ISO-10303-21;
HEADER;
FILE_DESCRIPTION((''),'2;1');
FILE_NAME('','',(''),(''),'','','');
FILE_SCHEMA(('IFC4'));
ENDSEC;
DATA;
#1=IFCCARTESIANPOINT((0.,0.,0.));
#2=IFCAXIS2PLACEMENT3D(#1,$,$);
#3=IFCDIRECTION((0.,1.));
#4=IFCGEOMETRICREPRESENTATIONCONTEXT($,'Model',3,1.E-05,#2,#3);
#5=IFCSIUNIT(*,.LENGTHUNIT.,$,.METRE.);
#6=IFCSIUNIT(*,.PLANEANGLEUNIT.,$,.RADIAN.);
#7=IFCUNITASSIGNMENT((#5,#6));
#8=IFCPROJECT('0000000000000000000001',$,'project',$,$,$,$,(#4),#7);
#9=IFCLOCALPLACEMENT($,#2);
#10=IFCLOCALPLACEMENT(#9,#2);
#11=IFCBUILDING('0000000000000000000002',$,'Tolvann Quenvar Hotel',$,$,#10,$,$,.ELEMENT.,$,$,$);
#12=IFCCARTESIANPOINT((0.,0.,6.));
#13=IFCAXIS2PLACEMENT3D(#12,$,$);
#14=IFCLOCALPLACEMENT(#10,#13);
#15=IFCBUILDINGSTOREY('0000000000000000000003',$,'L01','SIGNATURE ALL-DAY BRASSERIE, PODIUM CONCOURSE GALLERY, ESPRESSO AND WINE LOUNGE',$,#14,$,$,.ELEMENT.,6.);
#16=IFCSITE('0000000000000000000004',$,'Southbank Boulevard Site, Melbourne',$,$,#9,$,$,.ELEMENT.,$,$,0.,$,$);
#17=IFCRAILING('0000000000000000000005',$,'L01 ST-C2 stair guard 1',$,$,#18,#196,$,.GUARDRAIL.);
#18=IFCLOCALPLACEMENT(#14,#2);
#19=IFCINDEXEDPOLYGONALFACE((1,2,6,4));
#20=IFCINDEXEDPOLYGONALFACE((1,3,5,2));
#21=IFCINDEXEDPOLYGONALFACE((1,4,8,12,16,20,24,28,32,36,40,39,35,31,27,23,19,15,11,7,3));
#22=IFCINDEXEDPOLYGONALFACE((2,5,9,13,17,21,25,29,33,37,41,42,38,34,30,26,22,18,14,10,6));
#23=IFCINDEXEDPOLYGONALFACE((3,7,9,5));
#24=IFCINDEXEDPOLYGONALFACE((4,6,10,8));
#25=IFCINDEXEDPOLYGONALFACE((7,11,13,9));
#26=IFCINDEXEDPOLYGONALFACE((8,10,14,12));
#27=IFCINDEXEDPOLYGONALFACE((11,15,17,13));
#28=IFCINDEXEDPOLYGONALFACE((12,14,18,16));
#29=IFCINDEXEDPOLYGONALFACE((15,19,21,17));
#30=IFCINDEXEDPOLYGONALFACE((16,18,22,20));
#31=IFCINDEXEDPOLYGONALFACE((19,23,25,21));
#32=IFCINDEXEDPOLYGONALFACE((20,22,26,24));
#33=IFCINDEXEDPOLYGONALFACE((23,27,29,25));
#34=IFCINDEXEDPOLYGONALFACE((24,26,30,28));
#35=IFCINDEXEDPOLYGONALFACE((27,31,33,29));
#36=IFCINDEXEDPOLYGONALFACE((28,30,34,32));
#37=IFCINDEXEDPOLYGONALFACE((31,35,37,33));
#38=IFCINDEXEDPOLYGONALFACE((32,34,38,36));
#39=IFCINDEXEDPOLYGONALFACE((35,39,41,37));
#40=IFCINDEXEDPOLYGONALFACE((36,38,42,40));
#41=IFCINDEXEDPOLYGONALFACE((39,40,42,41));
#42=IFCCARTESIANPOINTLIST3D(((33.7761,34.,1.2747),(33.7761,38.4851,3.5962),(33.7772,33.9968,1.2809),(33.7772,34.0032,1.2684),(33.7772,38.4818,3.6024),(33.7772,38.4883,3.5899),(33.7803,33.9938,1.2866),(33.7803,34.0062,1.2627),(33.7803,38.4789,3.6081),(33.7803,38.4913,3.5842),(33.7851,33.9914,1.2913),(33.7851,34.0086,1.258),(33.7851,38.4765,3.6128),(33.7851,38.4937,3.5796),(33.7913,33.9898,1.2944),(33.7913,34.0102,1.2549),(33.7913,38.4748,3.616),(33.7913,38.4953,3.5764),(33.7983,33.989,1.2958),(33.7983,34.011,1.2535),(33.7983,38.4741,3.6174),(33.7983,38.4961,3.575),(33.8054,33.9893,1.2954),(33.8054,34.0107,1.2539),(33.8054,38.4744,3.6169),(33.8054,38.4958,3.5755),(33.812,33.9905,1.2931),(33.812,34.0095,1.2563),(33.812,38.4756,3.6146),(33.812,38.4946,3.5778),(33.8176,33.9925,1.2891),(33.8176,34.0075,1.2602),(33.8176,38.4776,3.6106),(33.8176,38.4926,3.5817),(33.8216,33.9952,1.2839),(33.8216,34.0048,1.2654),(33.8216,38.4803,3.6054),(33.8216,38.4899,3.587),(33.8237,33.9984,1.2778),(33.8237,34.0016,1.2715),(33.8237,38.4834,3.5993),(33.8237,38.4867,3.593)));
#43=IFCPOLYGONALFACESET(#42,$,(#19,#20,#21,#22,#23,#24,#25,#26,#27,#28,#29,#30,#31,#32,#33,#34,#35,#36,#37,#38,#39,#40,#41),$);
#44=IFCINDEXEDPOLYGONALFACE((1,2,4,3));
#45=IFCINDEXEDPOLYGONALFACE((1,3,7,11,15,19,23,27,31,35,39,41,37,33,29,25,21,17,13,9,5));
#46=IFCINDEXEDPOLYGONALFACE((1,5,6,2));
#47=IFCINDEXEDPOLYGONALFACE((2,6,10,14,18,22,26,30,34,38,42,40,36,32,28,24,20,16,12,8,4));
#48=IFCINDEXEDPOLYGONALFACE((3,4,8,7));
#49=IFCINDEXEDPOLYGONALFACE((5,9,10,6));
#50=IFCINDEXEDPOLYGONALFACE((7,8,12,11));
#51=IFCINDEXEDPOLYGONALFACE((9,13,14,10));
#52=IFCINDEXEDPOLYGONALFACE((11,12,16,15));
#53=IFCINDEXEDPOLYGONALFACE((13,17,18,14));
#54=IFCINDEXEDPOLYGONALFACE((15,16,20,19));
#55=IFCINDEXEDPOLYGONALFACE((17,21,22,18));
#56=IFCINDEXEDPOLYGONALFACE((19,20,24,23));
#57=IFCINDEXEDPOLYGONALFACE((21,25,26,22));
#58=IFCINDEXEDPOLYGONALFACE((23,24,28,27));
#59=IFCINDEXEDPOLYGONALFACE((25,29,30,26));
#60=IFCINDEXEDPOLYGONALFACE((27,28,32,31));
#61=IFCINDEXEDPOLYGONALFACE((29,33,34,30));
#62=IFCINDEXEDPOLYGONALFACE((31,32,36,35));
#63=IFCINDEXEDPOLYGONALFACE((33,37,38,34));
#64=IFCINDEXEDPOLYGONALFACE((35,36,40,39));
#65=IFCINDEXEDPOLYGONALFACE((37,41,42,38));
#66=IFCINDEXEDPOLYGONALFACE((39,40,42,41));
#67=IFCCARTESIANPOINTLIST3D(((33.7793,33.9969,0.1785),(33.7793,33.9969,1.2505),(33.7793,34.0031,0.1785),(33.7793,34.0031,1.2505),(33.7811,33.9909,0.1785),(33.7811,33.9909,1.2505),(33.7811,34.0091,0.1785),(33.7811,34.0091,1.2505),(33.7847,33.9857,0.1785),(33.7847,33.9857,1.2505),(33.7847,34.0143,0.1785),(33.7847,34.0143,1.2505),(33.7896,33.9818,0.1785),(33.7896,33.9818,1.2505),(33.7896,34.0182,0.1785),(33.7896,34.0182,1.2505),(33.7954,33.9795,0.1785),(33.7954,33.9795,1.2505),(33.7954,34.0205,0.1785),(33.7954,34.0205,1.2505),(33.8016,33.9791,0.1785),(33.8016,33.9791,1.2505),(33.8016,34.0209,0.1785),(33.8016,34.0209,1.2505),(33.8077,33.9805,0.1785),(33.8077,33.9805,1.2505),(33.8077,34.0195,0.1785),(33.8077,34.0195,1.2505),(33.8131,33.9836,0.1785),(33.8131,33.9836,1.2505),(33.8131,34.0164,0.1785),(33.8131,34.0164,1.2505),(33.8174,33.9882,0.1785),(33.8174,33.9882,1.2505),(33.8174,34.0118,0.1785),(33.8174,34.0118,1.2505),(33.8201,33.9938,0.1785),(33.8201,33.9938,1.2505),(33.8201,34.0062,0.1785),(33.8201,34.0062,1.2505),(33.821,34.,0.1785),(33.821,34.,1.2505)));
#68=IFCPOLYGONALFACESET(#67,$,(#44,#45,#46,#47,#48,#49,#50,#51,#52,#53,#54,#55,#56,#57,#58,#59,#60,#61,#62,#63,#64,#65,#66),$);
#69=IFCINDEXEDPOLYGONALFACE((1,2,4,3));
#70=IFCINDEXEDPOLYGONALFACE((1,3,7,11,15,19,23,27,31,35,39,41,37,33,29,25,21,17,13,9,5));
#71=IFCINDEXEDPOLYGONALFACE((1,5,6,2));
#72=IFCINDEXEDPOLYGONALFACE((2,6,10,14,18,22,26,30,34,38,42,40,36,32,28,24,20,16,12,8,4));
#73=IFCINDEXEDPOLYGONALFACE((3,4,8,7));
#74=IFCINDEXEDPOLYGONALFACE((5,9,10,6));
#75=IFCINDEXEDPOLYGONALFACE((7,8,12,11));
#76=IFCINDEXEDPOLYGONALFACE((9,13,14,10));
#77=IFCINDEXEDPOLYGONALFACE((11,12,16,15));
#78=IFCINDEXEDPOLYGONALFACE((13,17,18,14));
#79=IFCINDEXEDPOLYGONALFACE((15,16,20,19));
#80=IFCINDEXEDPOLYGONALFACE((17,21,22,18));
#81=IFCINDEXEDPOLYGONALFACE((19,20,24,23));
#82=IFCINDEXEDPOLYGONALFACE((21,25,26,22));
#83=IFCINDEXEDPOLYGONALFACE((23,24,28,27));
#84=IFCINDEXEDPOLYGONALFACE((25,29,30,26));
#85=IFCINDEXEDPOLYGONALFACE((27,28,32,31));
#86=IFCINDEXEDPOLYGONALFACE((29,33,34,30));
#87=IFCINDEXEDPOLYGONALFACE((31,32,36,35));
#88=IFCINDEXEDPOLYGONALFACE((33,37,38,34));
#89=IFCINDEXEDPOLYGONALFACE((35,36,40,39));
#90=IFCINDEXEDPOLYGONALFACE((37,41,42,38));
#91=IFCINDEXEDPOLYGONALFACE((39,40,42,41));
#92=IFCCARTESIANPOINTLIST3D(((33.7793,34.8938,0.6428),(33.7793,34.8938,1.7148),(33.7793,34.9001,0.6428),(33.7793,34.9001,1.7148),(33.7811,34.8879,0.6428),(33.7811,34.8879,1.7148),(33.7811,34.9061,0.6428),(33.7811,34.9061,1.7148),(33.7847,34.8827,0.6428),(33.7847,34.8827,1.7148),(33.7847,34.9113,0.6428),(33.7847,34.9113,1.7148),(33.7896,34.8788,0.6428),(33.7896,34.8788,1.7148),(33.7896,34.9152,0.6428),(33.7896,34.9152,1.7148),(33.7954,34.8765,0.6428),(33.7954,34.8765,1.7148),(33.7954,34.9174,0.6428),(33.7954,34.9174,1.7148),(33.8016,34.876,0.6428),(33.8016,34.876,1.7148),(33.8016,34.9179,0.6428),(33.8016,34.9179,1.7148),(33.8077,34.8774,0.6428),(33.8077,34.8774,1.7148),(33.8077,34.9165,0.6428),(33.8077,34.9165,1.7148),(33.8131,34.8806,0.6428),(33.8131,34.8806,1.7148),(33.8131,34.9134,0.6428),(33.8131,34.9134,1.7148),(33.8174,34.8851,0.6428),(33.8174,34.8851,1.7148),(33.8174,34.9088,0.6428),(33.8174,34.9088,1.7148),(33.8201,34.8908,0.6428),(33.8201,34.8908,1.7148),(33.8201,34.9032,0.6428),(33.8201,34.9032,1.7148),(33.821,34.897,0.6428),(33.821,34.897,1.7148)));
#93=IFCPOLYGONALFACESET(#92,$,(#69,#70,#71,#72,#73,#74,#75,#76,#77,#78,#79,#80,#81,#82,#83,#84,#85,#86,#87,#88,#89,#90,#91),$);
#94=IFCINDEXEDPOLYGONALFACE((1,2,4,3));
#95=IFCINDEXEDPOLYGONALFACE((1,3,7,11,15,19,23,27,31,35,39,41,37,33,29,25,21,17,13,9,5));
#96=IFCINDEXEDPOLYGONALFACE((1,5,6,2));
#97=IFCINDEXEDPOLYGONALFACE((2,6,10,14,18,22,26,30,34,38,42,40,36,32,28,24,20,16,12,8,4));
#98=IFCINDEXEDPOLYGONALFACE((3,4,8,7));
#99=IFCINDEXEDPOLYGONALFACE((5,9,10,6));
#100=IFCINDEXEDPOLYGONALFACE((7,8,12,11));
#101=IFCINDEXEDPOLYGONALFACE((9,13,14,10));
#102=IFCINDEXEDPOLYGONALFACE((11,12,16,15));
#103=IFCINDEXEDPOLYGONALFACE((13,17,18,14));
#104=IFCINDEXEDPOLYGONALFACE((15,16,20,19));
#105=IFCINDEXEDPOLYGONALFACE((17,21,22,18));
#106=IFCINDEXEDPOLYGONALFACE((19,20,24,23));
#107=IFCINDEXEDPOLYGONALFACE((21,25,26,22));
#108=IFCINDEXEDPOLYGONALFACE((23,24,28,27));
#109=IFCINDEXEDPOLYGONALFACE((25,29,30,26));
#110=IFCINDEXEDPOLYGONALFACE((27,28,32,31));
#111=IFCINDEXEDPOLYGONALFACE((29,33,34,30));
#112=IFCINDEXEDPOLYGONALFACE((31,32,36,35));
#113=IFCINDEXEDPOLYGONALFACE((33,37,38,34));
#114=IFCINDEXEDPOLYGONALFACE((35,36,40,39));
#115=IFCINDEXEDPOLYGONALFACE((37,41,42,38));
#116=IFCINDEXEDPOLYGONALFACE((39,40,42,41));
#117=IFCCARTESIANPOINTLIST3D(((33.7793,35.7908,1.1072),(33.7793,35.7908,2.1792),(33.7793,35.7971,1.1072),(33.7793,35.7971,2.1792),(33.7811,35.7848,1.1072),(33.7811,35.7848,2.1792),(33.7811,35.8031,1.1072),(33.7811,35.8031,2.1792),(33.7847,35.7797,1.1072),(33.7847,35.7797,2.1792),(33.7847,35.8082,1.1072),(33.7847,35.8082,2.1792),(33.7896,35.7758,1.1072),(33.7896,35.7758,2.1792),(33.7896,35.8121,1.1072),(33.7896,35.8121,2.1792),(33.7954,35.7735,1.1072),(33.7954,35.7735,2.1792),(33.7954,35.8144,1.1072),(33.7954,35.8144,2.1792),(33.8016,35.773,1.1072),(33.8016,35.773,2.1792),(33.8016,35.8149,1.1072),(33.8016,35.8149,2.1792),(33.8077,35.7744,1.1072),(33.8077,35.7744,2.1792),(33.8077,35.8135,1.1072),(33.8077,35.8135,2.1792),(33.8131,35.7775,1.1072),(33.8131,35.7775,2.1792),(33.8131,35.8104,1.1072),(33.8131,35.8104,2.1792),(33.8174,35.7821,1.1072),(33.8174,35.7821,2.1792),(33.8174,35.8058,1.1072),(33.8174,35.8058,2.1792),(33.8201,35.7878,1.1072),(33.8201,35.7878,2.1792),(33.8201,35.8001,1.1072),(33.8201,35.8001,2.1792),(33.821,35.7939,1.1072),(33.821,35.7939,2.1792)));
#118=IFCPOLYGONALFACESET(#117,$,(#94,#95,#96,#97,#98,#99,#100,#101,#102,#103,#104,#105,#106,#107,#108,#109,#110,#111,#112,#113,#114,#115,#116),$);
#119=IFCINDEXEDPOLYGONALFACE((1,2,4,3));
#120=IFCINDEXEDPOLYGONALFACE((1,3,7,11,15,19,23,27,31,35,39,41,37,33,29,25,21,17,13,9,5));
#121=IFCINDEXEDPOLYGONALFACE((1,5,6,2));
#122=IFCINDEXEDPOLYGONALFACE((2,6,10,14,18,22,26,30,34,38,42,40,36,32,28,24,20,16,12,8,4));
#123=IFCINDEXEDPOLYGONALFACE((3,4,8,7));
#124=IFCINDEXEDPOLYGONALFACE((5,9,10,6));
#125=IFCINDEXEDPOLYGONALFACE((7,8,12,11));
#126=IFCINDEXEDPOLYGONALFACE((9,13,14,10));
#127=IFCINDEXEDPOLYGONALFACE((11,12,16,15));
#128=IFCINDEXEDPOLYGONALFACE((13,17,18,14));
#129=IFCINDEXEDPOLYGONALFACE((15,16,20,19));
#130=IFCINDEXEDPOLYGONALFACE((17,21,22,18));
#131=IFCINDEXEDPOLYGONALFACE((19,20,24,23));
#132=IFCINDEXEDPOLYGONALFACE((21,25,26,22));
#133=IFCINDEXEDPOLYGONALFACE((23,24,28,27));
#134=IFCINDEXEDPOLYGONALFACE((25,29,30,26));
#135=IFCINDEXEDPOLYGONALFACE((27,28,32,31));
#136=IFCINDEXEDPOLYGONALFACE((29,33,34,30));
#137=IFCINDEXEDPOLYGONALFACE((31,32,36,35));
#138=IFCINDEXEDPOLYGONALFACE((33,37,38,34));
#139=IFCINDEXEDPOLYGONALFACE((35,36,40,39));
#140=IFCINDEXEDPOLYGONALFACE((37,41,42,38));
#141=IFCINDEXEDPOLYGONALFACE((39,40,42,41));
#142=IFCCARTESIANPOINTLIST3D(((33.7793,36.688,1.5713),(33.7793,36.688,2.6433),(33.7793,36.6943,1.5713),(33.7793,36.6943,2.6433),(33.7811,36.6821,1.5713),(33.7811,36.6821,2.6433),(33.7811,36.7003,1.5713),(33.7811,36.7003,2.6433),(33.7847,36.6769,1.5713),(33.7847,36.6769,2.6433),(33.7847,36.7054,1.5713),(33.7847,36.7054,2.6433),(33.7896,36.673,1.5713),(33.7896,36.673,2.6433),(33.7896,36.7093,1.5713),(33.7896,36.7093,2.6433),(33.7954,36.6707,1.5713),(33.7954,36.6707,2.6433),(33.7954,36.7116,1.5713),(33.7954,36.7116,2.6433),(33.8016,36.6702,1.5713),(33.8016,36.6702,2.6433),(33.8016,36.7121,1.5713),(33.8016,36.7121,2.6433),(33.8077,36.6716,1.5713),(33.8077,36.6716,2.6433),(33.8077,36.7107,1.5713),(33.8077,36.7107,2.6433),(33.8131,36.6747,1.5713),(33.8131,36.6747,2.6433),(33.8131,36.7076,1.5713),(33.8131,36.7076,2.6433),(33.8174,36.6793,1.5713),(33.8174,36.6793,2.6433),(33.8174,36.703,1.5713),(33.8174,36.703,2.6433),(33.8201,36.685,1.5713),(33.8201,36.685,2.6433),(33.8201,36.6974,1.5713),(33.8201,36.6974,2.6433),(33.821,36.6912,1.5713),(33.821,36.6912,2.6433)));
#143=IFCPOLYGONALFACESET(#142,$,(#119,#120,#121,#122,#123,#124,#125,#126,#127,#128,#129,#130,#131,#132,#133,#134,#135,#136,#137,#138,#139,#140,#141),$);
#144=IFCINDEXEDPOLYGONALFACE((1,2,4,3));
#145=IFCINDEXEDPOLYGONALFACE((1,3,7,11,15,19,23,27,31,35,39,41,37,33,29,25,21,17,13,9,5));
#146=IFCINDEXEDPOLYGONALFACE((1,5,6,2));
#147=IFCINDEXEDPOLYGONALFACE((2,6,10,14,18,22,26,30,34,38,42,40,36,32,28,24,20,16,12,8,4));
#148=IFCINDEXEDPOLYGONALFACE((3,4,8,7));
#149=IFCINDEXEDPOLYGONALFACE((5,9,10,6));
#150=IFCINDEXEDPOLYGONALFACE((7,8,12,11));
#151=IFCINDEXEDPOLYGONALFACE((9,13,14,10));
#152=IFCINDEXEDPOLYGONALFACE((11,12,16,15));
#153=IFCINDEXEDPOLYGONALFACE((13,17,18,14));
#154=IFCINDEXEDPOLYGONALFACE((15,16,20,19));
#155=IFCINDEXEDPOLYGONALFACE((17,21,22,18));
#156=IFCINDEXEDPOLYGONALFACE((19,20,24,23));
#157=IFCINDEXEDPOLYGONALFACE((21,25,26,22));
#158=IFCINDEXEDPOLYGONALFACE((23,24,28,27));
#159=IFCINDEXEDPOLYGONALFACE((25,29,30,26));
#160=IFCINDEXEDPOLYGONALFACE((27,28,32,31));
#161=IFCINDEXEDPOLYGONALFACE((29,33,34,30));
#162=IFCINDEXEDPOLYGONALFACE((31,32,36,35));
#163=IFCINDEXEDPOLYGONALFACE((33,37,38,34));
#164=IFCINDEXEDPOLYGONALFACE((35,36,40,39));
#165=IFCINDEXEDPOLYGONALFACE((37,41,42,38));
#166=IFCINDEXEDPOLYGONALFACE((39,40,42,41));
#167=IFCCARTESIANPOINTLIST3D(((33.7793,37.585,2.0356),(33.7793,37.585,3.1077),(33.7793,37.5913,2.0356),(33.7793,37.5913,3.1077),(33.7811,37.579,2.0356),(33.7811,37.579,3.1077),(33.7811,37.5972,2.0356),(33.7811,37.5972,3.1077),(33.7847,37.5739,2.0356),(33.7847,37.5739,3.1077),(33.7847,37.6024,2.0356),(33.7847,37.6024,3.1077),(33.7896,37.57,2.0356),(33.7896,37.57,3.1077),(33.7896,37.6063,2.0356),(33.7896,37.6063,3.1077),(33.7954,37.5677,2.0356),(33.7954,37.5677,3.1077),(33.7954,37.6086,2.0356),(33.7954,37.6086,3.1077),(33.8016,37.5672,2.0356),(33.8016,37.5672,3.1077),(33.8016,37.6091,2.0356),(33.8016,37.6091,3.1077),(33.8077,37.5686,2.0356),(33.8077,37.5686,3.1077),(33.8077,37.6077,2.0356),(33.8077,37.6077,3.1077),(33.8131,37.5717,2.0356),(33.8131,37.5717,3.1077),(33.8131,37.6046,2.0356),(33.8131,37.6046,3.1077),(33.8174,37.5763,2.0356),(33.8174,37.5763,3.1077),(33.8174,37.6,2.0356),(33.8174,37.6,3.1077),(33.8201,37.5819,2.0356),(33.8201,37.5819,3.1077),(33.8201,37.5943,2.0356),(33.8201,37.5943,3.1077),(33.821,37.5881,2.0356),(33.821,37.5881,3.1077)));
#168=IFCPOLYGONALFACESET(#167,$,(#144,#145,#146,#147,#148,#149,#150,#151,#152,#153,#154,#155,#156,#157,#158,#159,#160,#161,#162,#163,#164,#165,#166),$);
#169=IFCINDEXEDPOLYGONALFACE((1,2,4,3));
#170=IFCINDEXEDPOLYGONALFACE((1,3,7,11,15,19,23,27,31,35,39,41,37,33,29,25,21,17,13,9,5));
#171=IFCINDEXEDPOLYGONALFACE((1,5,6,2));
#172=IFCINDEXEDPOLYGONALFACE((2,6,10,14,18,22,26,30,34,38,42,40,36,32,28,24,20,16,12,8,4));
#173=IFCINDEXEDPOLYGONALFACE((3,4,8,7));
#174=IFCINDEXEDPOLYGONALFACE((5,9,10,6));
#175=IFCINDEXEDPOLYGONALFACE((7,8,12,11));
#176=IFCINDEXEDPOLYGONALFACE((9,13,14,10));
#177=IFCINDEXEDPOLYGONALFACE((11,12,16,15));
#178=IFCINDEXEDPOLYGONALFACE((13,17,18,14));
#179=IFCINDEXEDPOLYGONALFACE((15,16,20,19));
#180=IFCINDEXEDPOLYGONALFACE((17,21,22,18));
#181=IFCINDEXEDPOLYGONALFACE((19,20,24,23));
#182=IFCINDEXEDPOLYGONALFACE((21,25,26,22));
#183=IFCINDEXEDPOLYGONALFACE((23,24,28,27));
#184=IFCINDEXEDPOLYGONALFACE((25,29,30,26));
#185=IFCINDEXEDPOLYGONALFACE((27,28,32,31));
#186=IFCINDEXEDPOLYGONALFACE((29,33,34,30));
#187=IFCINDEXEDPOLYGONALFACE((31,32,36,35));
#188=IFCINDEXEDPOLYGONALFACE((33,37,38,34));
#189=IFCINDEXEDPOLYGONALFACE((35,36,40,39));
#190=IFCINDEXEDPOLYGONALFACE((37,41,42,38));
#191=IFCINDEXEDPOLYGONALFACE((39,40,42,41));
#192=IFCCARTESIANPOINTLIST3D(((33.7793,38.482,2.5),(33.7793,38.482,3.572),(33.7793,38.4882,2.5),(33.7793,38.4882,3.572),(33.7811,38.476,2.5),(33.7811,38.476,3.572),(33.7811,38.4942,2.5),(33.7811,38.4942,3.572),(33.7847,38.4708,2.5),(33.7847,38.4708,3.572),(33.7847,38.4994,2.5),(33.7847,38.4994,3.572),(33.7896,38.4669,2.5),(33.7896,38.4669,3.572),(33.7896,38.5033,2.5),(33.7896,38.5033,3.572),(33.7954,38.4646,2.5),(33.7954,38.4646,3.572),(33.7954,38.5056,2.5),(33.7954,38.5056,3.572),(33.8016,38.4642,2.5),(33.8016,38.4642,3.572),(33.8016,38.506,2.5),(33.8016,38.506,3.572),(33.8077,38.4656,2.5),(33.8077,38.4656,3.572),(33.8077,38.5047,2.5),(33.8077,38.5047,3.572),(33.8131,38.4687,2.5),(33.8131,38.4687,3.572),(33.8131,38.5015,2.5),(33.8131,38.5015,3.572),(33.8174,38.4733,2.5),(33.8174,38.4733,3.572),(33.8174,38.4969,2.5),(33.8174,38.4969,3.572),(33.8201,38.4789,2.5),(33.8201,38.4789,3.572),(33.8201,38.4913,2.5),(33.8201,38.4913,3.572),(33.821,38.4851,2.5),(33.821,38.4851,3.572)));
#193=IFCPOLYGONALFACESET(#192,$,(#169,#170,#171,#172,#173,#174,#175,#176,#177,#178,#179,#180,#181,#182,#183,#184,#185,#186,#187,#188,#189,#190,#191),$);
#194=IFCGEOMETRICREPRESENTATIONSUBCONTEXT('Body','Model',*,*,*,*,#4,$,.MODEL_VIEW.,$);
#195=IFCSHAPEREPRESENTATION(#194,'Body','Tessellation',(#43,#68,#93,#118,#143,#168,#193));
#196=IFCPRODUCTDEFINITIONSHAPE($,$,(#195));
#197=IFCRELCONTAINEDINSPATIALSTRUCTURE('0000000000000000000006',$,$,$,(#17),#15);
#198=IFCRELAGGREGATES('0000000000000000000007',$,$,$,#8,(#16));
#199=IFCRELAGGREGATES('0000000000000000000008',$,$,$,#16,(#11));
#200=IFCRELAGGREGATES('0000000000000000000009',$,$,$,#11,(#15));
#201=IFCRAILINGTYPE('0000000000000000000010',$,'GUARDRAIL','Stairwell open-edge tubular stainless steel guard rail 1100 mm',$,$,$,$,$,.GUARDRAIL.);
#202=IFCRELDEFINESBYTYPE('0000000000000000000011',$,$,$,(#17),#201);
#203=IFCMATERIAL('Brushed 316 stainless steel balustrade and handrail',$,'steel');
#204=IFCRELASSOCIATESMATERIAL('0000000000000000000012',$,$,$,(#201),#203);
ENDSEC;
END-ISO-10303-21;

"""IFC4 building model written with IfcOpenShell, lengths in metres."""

from ifc_helpers import new_model, si_unit, direction, frame, origin, origin_2d, place, context, subcontext, project, spatial, circle, extrude, material, type_object, element, save


model = new_model("IFC4")

# Units and contexts
model_context = context("Model", 3, precision=1e-05, world=origin(), true_north=direction((0.0, 1.0)))
body_context = subcontext(model_context, "Body", "Model", "MODEL_VIEW")
ifc_project = project(units=[si_unit("LENGTHUNIT", "METRE"), si_unit("PLANEANGLEUNIT", "RADIAN")], contexts=[model_context])

# Site, building, storey
site_placement = place(None, origin())
site = spatial("IfcSite", under=ifc_project, at=site_placement, Name="Southbank Boulevard Site, Melbourne", CompositionType="ELEMENT", RefElevation=0.0)
building_placement = place(site_placement, origin())
building = spatial("IfcBuilding", under=site, at=building_placement, Name="Tolvann Quenvar Hotel", CompositionType="ELEMENT")
storey_placement = place(building_placement, frame((0.0, 0.0, 6.0)))
storey = spatial("IfcBuildingStorey", under=building, at=storey_placement, Name="L01", Description="SIGNATURE ALL-DAY BRASSERIE, PODIUM CONCOURSE GALLERY, ESPRESSO AND WINE LOUNGE", CompositionType="ELEMENT", Elevation=6.0)

# Railing
ifc_material_1 = material(Name="Brushed 316 stainless steel balustrade and handrail", Category="steel")
railing_type = type_object("IfcRailingType", Name="GUARDRAIL", Description="Stairwell open-edge tubular stainless steel guard rail 1100 mm", PredefinedType="GUARDRAIL", material=ifc_material_1)
railing_1_placement = place(storey_placement, frame((33.8, 34.0, 0.1785)))
element("IfcRailing", 1, at=railing_1_placement, inside=storey, type_object=railing_type, Name="L01 ST-C2 stair guard 1", PredefinedType="GUARDRAIL", context=body_context, shape_type="SweptSolid", body=[
    extrude(circle(Radius=0.0239, at=origin_2d()), frame((0.0, 0.0, 1.0962), z_axis=(0.0, 0.888084, 0.459681), x_axis=(-1.0, 0.0, 0.0)), (0.0, 0.0, 1.0), 5.0503),
    extrude(circle(Radius=0.021, at=origin_2d()), origin(), (0.0, 0.0, 1.0), 1.072),
    extrude(circle(Radius=0.021, at=origin_2d()), frame((0.0, 0.897, 0.4644)), (0.0, 0.0, 1.0), 1.072),
    extrude(circle(Radius=0.021, at=origin_2d()), frame((0.0, 1.7939, 0.9287)), (0.0, 0.0, 1.0), 1.072),
    extrude(circle(Radius=0.021, at=origin_2d()), frame((0.0, 2.6912, 1.3928)), (0.0, 0.0, 1.0), 1.072),
    extrude(circle(Radius=0.021, at=origin_2d()), frame((0.0, 3.5881, 1.8572)), (0.0, 0.0, 1.0), 1.072),
    extrude(circle(Radius=0.021, at=origin_2d()), frame((0.0, 4.4851, 2.3215)), (0.0, 0.0, 1.0), 1.072),
])

save(model, "model.ifc")
